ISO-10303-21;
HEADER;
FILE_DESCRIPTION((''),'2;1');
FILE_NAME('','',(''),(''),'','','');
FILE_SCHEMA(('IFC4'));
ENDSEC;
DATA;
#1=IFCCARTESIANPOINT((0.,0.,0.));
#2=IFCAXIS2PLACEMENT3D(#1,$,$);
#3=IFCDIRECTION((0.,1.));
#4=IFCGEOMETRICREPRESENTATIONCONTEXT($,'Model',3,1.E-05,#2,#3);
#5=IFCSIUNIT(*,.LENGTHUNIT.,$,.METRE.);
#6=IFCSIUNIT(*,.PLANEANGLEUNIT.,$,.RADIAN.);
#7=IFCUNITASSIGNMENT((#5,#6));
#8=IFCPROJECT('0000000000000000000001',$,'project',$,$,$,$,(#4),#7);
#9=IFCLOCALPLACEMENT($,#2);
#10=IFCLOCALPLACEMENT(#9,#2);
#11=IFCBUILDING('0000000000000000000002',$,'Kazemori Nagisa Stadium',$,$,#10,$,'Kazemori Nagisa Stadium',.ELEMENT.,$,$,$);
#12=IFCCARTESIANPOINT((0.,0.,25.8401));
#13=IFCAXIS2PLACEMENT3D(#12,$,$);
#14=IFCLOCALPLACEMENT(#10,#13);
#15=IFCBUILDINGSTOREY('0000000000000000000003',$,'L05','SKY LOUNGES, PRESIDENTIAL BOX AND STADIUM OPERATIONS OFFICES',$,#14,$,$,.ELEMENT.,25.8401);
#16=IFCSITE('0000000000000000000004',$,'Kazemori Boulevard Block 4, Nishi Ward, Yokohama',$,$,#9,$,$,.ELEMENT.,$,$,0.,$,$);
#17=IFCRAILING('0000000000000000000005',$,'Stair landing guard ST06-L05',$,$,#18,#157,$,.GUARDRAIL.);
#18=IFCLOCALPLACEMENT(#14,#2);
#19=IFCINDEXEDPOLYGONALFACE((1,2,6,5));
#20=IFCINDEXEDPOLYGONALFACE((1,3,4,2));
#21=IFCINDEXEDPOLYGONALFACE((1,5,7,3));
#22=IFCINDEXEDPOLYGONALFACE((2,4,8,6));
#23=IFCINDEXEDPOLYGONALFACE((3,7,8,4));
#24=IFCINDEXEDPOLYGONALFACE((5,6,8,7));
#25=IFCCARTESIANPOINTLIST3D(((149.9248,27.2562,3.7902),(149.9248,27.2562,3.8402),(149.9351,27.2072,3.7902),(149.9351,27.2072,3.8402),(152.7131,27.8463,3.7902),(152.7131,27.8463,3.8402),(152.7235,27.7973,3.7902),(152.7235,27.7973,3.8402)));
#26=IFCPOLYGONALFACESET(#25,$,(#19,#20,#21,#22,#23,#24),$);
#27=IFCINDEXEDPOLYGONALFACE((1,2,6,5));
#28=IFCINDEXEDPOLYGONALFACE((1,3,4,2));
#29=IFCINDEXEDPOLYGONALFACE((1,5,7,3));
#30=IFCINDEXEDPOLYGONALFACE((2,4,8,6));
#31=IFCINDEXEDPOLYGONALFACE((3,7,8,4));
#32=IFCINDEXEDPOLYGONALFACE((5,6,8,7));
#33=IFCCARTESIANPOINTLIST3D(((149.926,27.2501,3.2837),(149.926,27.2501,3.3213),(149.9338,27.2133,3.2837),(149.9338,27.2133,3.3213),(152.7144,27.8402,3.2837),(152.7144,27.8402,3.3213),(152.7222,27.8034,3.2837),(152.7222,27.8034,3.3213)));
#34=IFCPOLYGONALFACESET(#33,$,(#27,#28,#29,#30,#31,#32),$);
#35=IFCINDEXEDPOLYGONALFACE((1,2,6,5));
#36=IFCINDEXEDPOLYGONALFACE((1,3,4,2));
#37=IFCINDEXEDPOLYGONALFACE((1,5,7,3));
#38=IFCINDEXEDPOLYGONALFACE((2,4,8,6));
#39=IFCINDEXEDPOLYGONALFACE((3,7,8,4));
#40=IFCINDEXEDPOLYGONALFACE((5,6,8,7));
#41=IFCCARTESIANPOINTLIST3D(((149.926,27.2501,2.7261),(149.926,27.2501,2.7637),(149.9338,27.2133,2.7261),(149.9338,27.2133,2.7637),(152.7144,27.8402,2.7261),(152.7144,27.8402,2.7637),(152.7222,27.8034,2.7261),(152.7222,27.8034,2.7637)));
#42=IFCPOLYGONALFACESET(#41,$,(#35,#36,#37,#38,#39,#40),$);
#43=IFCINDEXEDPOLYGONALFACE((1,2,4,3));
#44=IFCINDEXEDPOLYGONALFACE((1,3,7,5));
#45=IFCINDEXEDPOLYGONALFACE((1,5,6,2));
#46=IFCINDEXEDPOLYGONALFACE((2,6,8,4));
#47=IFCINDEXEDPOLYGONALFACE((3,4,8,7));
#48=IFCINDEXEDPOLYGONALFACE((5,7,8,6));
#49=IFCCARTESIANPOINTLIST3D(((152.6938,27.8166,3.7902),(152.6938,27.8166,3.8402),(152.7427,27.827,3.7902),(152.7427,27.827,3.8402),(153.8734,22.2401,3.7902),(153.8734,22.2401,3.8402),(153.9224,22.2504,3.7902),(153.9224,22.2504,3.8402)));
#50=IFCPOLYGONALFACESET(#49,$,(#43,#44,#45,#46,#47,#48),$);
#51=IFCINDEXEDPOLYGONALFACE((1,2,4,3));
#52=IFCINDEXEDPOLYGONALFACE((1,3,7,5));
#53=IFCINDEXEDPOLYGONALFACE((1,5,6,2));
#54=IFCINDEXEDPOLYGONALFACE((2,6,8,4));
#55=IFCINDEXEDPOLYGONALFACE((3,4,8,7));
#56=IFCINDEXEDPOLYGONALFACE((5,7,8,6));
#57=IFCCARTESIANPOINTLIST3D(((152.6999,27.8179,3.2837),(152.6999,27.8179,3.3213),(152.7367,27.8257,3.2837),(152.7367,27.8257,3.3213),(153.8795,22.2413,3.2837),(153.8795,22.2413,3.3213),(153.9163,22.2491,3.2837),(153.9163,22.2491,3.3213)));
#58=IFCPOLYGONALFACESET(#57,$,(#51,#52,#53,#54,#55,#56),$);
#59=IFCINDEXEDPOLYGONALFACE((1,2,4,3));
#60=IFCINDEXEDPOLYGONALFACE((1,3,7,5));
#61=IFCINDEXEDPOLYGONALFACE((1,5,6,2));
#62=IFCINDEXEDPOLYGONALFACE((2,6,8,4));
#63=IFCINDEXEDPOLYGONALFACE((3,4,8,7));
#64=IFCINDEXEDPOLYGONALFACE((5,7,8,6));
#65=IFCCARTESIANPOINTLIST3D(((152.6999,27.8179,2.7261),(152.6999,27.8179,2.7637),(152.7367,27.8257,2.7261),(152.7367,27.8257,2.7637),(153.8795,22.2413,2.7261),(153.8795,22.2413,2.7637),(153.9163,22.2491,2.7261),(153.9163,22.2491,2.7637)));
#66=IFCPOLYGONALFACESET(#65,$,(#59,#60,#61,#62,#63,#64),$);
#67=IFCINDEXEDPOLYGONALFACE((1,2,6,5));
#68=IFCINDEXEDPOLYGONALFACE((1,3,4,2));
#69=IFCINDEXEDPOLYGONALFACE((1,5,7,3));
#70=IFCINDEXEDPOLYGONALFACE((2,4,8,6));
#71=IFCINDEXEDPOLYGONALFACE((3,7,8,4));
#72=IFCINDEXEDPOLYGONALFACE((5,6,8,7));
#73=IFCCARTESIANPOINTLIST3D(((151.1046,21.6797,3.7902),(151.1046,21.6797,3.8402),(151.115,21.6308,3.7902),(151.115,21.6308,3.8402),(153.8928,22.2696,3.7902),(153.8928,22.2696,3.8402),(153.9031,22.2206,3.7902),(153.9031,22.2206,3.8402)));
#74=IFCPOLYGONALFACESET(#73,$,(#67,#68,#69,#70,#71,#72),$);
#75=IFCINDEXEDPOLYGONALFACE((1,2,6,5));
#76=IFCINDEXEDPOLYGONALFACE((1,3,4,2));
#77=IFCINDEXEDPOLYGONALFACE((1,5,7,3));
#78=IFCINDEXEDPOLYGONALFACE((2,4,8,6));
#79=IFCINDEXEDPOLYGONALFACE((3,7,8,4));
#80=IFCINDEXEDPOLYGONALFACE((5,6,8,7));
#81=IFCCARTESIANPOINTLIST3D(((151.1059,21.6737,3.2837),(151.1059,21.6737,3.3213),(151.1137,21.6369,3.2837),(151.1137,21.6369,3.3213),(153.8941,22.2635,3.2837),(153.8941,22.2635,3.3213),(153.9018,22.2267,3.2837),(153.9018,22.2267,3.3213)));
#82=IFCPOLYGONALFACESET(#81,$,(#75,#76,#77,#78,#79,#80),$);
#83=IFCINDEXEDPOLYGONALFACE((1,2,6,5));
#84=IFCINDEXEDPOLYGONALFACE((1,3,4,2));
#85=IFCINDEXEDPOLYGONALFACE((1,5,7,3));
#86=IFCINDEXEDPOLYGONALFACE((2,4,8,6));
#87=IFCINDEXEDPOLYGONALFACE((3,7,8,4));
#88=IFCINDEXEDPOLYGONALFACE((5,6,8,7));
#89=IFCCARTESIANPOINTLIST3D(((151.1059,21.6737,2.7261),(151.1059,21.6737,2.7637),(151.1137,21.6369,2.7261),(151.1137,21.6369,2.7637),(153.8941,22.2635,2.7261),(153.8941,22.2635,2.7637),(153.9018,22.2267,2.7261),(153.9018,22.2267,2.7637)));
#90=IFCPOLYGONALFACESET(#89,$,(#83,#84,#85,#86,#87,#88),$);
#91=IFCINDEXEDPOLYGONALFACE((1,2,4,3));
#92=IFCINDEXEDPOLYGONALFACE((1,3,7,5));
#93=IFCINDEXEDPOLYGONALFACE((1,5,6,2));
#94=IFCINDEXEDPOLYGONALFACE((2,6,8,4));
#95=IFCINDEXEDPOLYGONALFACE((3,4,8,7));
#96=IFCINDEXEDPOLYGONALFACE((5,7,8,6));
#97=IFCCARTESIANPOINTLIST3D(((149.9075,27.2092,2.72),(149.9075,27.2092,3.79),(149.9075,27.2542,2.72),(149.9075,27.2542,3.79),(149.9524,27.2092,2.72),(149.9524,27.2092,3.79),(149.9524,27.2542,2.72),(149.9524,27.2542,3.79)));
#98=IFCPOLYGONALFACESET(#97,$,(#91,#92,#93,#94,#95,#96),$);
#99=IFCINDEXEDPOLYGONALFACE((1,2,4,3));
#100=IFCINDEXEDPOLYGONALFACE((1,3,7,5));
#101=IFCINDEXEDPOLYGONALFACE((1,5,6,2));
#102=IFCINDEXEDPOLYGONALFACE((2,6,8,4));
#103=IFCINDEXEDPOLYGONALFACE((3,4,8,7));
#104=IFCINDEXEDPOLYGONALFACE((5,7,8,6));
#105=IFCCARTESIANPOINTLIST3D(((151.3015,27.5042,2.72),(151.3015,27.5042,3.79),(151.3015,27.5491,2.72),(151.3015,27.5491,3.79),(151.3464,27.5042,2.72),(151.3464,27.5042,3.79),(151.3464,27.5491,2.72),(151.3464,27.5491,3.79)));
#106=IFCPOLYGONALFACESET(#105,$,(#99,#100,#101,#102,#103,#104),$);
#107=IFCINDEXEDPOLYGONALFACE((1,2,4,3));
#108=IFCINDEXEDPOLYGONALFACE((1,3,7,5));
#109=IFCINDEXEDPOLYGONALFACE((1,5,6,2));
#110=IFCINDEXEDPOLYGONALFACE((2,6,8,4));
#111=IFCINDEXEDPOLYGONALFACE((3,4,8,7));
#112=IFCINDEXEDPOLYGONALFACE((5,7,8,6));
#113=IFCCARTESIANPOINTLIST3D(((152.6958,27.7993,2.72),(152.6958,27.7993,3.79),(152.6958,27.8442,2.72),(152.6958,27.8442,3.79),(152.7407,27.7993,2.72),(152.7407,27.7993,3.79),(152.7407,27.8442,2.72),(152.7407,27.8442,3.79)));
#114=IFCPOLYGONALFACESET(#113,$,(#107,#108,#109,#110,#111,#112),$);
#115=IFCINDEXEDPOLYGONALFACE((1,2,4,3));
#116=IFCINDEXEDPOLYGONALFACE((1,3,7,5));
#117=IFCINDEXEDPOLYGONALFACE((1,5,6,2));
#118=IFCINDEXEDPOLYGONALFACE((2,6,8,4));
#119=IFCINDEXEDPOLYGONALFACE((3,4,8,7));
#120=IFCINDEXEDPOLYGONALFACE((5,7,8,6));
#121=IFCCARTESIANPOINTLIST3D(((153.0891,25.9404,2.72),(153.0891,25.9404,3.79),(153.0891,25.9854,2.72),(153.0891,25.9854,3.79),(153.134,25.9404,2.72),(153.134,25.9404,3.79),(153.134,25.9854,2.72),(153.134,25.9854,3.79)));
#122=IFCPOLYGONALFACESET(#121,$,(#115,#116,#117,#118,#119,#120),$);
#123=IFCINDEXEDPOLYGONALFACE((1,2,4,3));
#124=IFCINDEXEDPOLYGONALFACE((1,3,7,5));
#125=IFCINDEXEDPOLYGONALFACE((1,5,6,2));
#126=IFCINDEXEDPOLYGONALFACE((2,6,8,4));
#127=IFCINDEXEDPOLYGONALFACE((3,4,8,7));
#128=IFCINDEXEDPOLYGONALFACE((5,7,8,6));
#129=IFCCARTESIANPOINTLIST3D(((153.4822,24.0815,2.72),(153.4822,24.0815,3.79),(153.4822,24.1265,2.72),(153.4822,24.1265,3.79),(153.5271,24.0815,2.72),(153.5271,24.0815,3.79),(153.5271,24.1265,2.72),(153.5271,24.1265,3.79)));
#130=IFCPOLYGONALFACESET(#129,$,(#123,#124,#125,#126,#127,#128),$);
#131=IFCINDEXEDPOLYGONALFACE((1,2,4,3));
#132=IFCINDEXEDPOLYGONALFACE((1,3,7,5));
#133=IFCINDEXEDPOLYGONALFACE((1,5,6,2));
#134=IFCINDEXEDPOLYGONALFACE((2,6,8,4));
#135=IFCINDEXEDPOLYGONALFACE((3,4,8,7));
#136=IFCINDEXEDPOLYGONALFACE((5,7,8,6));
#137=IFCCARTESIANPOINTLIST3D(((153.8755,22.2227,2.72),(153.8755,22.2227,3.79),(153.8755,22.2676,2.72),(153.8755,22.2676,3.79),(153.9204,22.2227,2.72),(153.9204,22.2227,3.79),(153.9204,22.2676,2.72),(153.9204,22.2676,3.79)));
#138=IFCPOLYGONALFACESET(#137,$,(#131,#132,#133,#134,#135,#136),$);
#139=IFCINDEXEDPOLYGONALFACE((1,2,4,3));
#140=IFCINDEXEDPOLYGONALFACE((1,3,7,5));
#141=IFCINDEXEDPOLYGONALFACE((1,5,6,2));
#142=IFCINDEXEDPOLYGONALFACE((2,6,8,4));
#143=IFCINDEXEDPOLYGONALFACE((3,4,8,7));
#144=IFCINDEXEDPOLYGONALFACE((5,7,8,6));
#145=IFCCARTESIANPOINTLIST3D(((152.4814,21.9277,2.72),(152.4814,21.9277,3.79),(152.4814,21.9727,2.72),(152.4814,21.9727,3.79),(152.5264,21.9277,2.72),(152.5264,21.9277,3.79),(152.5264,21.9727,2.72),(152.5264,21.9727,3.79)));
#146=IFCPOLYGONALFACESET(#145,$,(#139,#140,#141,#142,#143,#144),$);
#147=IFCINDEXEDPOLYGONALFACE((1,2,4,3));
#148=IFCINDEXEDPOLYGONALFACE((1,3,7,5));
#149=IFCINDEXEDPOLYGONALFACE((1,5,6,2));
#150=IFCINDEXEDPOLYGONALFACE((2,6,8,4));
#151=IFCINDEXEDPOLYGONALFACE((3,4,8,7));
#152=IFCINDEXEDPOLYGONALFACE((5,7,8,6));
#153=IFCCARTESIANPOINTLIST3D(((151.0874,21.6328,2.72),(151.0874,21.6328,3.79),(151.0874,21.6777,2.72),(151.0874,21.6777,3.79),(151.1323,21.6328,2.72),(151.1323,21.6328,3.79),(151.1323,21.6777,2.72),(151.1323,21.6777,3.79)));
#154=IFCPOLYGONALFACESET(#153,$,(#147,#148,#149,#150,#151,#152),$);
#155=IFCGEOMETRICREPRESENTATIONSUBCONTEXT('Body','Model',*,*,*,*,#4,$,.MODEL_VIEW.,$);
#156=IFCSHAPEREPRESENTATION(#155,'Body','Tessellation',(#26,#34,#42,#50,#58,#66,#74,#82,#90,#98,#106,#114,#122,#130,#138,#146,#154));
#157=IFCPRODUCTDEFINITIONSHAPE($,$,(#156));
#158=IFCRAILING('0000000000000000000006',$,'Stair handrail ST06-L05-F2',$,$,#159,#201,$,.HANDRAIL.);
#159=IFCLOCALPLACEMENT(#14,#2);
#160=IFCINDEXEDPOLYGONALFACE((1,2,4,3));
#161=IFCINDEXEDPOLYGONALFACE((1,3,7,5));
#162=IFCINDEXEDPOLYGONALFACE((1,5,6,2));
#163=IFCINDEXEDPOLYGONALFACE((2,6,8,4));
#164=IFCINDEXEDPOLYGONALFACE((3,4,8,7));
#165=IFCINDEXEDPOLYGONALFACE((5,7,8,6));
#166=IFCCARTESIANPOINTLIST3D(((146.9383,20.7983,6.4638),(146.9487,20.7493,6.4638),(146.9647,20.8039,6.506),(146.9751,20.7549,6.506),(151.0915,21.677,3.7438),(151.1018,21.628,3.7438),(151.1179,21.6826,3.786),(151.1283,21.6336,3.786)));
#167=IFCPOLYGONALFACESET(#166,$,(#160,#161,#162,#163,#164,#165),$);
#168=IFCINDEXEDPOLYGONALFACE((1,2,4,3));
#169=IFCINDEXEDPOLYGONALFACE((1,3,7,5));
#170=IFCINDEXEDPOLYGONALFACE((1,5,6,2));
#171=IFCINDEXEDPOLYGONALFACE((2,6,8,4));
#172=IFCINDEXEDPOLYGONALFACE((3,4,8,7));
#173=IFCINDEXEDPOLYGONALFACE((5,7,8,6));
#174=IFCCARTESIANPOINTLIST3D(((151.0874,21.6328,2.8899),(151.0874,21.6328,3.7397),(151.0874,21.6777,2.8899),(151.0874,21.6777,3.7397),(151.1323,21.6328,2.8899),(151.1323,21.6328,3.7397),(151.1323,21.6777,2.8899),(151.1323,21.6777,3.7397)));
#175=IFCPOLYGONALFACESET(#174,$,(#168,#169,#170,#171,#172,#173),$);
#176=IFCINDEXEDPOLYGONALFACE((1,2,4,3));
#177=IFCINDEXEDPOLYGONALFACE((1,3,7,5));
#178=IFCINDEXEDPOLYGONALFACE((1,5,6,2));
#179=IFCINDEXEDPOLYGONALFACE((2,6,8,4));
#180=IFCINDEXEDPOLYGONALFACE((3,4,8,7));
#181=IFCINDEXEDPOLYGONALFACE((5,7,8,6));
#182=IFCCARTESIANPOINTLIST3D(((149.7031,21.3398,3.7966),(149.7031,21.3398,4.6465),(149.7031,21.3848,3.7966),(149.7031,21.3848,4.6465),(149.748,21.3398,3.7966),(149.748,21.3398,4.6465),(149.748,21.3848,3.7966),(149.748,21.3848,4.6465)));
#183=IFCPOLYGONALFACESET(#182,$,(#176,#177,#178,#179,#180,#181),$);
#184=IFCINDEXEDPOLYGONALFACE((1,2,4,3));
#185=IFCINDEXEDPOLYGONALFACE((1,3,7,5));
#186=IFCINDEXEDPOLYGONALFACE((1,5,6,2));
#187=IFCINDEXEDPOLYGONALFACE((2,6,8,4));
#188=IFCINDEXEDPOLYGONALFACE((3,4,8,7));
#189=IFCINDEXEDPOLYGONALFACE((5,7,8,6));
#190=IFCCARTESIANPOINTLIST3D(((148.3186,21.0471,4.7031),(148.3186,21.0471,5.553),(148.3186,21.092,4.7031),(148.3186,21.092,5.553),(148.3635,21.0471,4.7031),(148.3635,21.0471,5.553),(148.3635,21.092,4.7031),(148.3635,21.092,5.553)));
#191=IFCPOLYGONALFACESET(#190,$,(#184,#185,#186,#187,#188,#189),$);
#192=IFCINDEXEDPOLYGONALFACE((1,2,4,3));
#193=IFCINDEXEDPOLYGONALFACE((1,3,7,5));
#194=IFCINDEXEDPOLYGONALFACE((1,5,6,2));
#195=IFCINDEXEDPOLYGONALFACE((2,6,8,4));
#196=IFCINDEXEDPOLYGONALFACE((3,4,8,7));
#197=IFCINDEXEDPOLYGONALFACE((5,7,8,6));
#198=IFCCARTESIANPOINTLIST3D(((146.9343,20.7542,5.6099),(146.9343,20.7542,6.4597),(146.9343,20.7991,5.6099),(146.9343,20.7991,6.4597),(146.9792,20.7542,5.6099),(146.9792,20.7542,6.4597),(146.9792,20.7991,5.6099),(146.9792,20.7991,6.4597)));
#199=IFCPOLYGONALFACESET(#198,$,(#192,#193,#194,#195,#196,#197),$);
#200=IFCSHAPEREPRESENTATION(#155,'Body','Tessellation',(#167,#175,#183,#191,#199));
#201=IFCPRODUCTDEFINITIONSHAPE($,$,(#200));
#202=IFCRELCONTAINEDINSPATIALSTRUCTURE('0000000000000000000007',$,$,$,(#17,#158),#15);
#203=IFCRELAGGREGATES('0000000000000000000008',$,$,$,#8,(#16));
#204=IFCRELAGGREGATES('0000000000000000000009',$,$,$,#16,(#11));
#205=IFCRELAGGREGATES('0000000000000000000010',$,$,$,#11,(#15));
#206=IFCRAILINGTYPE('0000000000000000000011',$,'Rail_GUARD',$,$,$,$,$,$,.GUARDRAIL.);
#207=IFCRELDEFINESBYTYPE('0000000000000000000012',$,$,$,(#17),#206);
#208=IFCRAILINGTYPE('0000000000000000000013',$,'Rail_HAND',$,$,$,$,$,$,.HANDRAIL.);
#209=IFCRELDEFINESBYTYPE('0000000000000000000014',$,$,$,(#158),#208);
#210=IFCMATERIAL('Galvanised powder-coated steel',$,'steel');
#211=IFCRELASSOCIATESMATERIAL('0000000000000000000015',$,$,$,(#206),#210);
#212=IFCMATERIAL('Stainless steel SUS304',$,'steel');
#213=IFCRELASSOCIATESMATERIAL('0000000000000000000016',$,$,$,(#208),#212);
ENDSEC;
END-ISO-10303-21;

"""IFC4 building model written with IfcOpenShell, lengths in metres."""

from ifc_helpers import new_model, si_unit, direction, frame, origin, origin_2d, place, context, subcontext, project, spatial, rectangle, extrude, material, type_object, element, save


model = new_model("IFC4")

# Units and contexts
model_context = context("Model", 3, precision=1e-05, world=origin(), true_north=direction((0.0, 1.0)))
body_context = subcontext(model_context, "Body", "Model", "MODEL_VIEW")
ifc_project = project(units=[si_unit("LENGTHUNIT", "METRE"), si_unit("PLANEANGLEUNIT", "RADIAN")], contexts=[model_context])

# Site, building, storey
site_placement = place(None, origin())
site = spatial("IfcSite", under=ifc_project, at=site_placement, Name="Kazemori Boulevard Block 4, Nishi Ward, Yokohama", CompositionType="ELEMENT", RefElevation=0.0)
building_placement = place(site_placement, origin())
building = spatial("IfcBuilding", under=site, at=building_placement, Name="Kazemori Nagisa Stadium", LongName="Kazemori Nagisa Stadium", CompositionType="ELEMENT")
storey_placement = place(building_placement, frame((0.0, 0.0, 25.8401)))
storey = spatial("IfcBuildingStorey", under=building, at=storey_placement, Name="L05", Description="SKY LOUNGES, PRESIDENTIAL BOX AND STADIUM OPERATIONS OFFICES", CompositionType="ELEMENT", Elevation=25.8401)

# Shared definitions
ifc_material_1 = material(Name="Stainless steel SUS304", Category="steel")

# Railings
ifc_material_2 = material(Name="Galvanised powder-coated steel", Category="steel")
railing_type_1 = type_object("IfcRailingType", Name="Rail_GUARD", PredefinedType="GUARDRAIL", material=ifc_material_2)
railing_1_placement = place(storey_placement, frame((149.9299, 27.2317, 2.72)))
element("IfcRailing", 1, at=railing_1_placement, inside=storey, type_object=railing_type_1, Name="Stair landing guard ST06-L05", PredefinedType="GUARDRAIL", context=body_context, shape_type="SweptSolid", body=[
    extrude(rectangle(XDim=0.05, YDim=0.05, at=origin_2d()), frame((0.0, 0.0, 1.0952), z_axis=(0.978332, 0.207042, 0.0), x_axis=(-0.207042, 0.978332, 0.0)), (0.0, 0.0, 1.0), 2.8501),
    extrude(rectangle(XDim=0.0376, YDim=0.0376, at=origin_2d()), frame((0.0, 0.0, 0.5825), z_axis=(0.978332, 0.207042, 0.0), x_axis=(-0.207042, 0.978332, 0.0)), (0.0, 0.0, 1.0), 2.8501),
    extrude(rectangle(XDim=0.0376, YDim=0.0376, at=origin_2d()), frame((0.0, 0.0, 0.0249), z_axis=(0.978332, 0.207042, 0.0), x_axis=(-0.207042, 0.978332, 0.0)), (0.0, 0.0, 1.0), 2.8501),
    extrude(rectangle(XDim=0.05, YDim=0.05, at=origin_2d()), frame((2.7883, 0.5901, 1.0952), z_axis=(0.20696, -0.978349, 0.0), x_axis=(0.978349, 0.20696, 0.0)), (0.0, 0.0, 1.0), 5.7),
    extrude(rectangle(XDim=0.0376, YDim=0.0376, at=origin_2d()), frame((2.7883, 0.5901, 0.5825), z_axis=(0.20696, -0.978349, 0.0), x_axis=(0.978349, 0.20696, 0.0)), (0.0, 0.0, 1.0), 5.7),
    extrude(rectangle(XDim=0.0376, YDim=0.0376, at=origin_2d()), frame((2.7883, 0.5901, 0.0249), z_axis=(0.20696, -0.978349, 0.0), x_axis=(0.978349, 0.20696, 0.0)), (0.0, 0.0, 1.0), 5.7),
    extrude(rectangle(XDim=0.05, YDim=0.05, at=origin_2d()), frame((3.968, -4.9866, 1.0952), z_axis=(-0.978346, -0.206978, 0.0), x_axis=(0.206978, -0.978346, 0.0)), (0.0, 0.0, 1.0), 2.8499),
    extrude(rectangle(XDim=0.0376, YDim=0.0376, at=origin_2d()), frame((3.968, -4.9866, 0.5825), z_axis=(-0.978346, -0.206978, 0.0), x_axis=(0.206978, -0.978346, 0.0)), (0.0, 0.0, 1.0), 2.8499),
    extrude(rectangle(XDim=0.0376, YDim=0.0376, at=origin_2d()), frame((3.968, -4.9866, 0.0249), z_axis=(-0.978346, -0.206978, 0.0), x_axis=(0.206978, -0.978346, 0.0)), (0.0, 0.0, 1.0), 2.8499),
    extrude(rectangle(XDim=0.0449, YDim=0.0449, at=origin_2d()), origin(), (0.0, 0.0, 1.0), 1.0701),
    extrude(rectangle(XDim=0.0449, YDim=0.0449, at=origin_2d()), frame((1.394, 0.2949, 0.0)), (0.0, 0.0, 1.0), 1.0701),
    extrude(rectangle(XDim=0.0449, YDim=0.0449, at=origin_2d()), frame((2.7883, 0.5901, 0.0)), (0.0, 0.0, 1.0), 1.0701),
    extrude(rectangle(XDim=0.0449, YDim=0.0449, at=origin_2d()), frame((3.1816, -1.2688, 0.0)), (0.0, 0.0, 1.0), 1.0701),
    extrude(rectangle(XDim=0.0449, YDim=0.0449, at=origin_2d()), frame((3.5747, -3.1277, 0.0)), (0.0, 0.0, 1.0), 1.0701),
    extrude(rectangle(XDim=0.0449, YDim=0.0449, at=origin_2d()), frame((3.968, -4.9866, 0.0)), (0.0, 0.0, 1.0), 1.0701),
    extrude(rectangle(XDim=0.0449, YDim=0.0449, at=origin_2d()), frame((2.574, -5.2815, 0.0)), (0.0, 0.0, 1.0), 1.0701),
    extrude(rectangle(XDim=0.0449, YDim=0.0449, at=origin_2d()), frame((1.1799, -5.5764, 0.0)), (0.0, 0.0, 1.0), 1.0701),
])
railing_type_2 = type_object("IfcRailingType", Name="Rail_HAND", PredefinedType="HANDRAIL", material=ifc_material_1)
railing_2_placement = place(storey_placement, frame((151.1099, 21.6553, 2.8899)))
element("IfcRailing", 2, at=railing_2_placement, inside=storey, type_object=railing_type_2, Name="Stair handrail ST06-L05-F2", PredefinedType="HANDRAIL", context=body_context, shape_type="SweptSolid", body=[
    extrude(rectangle(XDim=0.05, YDim=0.05, at=origin_2d()), frame((0.0, 0.0, 0.875), z_axis=(-0.823752, -0.17428, 0.539499), x_axis=(0.206987, -0.978344, 0.0)), (0.0, 0.0, 1.0), 5.0417),
    extrude(rectangle(XDim=0.0449, YDim=0.0449, at=origin_2d()), origin(), (0.0, 0.0, 1.0), 0.8499),
    extrude(rectangle(XDim=0.0449, YDim=0.0449, at=origin_2d()), frame((-1.3843, -0.293, 0.9067)), (0.0, 0.0, 1.0), 0.8499),
    extrude(rectangle(XDim=0.0449, YDim=0.0449, at=origin_2d()), frame((-2.7688, -0.5857, 1.8132)), (0.0, 0.0, 1.0), 0.8499),
    extrude(rectangle(XDim=0.0449, YDim=0.0449, at=origin_2d()), frame((-4.1531, -0.8787, 2.72)), (0.0, 0.0, 1.0), 0.8499),
])

save(model, "model.ifc")
